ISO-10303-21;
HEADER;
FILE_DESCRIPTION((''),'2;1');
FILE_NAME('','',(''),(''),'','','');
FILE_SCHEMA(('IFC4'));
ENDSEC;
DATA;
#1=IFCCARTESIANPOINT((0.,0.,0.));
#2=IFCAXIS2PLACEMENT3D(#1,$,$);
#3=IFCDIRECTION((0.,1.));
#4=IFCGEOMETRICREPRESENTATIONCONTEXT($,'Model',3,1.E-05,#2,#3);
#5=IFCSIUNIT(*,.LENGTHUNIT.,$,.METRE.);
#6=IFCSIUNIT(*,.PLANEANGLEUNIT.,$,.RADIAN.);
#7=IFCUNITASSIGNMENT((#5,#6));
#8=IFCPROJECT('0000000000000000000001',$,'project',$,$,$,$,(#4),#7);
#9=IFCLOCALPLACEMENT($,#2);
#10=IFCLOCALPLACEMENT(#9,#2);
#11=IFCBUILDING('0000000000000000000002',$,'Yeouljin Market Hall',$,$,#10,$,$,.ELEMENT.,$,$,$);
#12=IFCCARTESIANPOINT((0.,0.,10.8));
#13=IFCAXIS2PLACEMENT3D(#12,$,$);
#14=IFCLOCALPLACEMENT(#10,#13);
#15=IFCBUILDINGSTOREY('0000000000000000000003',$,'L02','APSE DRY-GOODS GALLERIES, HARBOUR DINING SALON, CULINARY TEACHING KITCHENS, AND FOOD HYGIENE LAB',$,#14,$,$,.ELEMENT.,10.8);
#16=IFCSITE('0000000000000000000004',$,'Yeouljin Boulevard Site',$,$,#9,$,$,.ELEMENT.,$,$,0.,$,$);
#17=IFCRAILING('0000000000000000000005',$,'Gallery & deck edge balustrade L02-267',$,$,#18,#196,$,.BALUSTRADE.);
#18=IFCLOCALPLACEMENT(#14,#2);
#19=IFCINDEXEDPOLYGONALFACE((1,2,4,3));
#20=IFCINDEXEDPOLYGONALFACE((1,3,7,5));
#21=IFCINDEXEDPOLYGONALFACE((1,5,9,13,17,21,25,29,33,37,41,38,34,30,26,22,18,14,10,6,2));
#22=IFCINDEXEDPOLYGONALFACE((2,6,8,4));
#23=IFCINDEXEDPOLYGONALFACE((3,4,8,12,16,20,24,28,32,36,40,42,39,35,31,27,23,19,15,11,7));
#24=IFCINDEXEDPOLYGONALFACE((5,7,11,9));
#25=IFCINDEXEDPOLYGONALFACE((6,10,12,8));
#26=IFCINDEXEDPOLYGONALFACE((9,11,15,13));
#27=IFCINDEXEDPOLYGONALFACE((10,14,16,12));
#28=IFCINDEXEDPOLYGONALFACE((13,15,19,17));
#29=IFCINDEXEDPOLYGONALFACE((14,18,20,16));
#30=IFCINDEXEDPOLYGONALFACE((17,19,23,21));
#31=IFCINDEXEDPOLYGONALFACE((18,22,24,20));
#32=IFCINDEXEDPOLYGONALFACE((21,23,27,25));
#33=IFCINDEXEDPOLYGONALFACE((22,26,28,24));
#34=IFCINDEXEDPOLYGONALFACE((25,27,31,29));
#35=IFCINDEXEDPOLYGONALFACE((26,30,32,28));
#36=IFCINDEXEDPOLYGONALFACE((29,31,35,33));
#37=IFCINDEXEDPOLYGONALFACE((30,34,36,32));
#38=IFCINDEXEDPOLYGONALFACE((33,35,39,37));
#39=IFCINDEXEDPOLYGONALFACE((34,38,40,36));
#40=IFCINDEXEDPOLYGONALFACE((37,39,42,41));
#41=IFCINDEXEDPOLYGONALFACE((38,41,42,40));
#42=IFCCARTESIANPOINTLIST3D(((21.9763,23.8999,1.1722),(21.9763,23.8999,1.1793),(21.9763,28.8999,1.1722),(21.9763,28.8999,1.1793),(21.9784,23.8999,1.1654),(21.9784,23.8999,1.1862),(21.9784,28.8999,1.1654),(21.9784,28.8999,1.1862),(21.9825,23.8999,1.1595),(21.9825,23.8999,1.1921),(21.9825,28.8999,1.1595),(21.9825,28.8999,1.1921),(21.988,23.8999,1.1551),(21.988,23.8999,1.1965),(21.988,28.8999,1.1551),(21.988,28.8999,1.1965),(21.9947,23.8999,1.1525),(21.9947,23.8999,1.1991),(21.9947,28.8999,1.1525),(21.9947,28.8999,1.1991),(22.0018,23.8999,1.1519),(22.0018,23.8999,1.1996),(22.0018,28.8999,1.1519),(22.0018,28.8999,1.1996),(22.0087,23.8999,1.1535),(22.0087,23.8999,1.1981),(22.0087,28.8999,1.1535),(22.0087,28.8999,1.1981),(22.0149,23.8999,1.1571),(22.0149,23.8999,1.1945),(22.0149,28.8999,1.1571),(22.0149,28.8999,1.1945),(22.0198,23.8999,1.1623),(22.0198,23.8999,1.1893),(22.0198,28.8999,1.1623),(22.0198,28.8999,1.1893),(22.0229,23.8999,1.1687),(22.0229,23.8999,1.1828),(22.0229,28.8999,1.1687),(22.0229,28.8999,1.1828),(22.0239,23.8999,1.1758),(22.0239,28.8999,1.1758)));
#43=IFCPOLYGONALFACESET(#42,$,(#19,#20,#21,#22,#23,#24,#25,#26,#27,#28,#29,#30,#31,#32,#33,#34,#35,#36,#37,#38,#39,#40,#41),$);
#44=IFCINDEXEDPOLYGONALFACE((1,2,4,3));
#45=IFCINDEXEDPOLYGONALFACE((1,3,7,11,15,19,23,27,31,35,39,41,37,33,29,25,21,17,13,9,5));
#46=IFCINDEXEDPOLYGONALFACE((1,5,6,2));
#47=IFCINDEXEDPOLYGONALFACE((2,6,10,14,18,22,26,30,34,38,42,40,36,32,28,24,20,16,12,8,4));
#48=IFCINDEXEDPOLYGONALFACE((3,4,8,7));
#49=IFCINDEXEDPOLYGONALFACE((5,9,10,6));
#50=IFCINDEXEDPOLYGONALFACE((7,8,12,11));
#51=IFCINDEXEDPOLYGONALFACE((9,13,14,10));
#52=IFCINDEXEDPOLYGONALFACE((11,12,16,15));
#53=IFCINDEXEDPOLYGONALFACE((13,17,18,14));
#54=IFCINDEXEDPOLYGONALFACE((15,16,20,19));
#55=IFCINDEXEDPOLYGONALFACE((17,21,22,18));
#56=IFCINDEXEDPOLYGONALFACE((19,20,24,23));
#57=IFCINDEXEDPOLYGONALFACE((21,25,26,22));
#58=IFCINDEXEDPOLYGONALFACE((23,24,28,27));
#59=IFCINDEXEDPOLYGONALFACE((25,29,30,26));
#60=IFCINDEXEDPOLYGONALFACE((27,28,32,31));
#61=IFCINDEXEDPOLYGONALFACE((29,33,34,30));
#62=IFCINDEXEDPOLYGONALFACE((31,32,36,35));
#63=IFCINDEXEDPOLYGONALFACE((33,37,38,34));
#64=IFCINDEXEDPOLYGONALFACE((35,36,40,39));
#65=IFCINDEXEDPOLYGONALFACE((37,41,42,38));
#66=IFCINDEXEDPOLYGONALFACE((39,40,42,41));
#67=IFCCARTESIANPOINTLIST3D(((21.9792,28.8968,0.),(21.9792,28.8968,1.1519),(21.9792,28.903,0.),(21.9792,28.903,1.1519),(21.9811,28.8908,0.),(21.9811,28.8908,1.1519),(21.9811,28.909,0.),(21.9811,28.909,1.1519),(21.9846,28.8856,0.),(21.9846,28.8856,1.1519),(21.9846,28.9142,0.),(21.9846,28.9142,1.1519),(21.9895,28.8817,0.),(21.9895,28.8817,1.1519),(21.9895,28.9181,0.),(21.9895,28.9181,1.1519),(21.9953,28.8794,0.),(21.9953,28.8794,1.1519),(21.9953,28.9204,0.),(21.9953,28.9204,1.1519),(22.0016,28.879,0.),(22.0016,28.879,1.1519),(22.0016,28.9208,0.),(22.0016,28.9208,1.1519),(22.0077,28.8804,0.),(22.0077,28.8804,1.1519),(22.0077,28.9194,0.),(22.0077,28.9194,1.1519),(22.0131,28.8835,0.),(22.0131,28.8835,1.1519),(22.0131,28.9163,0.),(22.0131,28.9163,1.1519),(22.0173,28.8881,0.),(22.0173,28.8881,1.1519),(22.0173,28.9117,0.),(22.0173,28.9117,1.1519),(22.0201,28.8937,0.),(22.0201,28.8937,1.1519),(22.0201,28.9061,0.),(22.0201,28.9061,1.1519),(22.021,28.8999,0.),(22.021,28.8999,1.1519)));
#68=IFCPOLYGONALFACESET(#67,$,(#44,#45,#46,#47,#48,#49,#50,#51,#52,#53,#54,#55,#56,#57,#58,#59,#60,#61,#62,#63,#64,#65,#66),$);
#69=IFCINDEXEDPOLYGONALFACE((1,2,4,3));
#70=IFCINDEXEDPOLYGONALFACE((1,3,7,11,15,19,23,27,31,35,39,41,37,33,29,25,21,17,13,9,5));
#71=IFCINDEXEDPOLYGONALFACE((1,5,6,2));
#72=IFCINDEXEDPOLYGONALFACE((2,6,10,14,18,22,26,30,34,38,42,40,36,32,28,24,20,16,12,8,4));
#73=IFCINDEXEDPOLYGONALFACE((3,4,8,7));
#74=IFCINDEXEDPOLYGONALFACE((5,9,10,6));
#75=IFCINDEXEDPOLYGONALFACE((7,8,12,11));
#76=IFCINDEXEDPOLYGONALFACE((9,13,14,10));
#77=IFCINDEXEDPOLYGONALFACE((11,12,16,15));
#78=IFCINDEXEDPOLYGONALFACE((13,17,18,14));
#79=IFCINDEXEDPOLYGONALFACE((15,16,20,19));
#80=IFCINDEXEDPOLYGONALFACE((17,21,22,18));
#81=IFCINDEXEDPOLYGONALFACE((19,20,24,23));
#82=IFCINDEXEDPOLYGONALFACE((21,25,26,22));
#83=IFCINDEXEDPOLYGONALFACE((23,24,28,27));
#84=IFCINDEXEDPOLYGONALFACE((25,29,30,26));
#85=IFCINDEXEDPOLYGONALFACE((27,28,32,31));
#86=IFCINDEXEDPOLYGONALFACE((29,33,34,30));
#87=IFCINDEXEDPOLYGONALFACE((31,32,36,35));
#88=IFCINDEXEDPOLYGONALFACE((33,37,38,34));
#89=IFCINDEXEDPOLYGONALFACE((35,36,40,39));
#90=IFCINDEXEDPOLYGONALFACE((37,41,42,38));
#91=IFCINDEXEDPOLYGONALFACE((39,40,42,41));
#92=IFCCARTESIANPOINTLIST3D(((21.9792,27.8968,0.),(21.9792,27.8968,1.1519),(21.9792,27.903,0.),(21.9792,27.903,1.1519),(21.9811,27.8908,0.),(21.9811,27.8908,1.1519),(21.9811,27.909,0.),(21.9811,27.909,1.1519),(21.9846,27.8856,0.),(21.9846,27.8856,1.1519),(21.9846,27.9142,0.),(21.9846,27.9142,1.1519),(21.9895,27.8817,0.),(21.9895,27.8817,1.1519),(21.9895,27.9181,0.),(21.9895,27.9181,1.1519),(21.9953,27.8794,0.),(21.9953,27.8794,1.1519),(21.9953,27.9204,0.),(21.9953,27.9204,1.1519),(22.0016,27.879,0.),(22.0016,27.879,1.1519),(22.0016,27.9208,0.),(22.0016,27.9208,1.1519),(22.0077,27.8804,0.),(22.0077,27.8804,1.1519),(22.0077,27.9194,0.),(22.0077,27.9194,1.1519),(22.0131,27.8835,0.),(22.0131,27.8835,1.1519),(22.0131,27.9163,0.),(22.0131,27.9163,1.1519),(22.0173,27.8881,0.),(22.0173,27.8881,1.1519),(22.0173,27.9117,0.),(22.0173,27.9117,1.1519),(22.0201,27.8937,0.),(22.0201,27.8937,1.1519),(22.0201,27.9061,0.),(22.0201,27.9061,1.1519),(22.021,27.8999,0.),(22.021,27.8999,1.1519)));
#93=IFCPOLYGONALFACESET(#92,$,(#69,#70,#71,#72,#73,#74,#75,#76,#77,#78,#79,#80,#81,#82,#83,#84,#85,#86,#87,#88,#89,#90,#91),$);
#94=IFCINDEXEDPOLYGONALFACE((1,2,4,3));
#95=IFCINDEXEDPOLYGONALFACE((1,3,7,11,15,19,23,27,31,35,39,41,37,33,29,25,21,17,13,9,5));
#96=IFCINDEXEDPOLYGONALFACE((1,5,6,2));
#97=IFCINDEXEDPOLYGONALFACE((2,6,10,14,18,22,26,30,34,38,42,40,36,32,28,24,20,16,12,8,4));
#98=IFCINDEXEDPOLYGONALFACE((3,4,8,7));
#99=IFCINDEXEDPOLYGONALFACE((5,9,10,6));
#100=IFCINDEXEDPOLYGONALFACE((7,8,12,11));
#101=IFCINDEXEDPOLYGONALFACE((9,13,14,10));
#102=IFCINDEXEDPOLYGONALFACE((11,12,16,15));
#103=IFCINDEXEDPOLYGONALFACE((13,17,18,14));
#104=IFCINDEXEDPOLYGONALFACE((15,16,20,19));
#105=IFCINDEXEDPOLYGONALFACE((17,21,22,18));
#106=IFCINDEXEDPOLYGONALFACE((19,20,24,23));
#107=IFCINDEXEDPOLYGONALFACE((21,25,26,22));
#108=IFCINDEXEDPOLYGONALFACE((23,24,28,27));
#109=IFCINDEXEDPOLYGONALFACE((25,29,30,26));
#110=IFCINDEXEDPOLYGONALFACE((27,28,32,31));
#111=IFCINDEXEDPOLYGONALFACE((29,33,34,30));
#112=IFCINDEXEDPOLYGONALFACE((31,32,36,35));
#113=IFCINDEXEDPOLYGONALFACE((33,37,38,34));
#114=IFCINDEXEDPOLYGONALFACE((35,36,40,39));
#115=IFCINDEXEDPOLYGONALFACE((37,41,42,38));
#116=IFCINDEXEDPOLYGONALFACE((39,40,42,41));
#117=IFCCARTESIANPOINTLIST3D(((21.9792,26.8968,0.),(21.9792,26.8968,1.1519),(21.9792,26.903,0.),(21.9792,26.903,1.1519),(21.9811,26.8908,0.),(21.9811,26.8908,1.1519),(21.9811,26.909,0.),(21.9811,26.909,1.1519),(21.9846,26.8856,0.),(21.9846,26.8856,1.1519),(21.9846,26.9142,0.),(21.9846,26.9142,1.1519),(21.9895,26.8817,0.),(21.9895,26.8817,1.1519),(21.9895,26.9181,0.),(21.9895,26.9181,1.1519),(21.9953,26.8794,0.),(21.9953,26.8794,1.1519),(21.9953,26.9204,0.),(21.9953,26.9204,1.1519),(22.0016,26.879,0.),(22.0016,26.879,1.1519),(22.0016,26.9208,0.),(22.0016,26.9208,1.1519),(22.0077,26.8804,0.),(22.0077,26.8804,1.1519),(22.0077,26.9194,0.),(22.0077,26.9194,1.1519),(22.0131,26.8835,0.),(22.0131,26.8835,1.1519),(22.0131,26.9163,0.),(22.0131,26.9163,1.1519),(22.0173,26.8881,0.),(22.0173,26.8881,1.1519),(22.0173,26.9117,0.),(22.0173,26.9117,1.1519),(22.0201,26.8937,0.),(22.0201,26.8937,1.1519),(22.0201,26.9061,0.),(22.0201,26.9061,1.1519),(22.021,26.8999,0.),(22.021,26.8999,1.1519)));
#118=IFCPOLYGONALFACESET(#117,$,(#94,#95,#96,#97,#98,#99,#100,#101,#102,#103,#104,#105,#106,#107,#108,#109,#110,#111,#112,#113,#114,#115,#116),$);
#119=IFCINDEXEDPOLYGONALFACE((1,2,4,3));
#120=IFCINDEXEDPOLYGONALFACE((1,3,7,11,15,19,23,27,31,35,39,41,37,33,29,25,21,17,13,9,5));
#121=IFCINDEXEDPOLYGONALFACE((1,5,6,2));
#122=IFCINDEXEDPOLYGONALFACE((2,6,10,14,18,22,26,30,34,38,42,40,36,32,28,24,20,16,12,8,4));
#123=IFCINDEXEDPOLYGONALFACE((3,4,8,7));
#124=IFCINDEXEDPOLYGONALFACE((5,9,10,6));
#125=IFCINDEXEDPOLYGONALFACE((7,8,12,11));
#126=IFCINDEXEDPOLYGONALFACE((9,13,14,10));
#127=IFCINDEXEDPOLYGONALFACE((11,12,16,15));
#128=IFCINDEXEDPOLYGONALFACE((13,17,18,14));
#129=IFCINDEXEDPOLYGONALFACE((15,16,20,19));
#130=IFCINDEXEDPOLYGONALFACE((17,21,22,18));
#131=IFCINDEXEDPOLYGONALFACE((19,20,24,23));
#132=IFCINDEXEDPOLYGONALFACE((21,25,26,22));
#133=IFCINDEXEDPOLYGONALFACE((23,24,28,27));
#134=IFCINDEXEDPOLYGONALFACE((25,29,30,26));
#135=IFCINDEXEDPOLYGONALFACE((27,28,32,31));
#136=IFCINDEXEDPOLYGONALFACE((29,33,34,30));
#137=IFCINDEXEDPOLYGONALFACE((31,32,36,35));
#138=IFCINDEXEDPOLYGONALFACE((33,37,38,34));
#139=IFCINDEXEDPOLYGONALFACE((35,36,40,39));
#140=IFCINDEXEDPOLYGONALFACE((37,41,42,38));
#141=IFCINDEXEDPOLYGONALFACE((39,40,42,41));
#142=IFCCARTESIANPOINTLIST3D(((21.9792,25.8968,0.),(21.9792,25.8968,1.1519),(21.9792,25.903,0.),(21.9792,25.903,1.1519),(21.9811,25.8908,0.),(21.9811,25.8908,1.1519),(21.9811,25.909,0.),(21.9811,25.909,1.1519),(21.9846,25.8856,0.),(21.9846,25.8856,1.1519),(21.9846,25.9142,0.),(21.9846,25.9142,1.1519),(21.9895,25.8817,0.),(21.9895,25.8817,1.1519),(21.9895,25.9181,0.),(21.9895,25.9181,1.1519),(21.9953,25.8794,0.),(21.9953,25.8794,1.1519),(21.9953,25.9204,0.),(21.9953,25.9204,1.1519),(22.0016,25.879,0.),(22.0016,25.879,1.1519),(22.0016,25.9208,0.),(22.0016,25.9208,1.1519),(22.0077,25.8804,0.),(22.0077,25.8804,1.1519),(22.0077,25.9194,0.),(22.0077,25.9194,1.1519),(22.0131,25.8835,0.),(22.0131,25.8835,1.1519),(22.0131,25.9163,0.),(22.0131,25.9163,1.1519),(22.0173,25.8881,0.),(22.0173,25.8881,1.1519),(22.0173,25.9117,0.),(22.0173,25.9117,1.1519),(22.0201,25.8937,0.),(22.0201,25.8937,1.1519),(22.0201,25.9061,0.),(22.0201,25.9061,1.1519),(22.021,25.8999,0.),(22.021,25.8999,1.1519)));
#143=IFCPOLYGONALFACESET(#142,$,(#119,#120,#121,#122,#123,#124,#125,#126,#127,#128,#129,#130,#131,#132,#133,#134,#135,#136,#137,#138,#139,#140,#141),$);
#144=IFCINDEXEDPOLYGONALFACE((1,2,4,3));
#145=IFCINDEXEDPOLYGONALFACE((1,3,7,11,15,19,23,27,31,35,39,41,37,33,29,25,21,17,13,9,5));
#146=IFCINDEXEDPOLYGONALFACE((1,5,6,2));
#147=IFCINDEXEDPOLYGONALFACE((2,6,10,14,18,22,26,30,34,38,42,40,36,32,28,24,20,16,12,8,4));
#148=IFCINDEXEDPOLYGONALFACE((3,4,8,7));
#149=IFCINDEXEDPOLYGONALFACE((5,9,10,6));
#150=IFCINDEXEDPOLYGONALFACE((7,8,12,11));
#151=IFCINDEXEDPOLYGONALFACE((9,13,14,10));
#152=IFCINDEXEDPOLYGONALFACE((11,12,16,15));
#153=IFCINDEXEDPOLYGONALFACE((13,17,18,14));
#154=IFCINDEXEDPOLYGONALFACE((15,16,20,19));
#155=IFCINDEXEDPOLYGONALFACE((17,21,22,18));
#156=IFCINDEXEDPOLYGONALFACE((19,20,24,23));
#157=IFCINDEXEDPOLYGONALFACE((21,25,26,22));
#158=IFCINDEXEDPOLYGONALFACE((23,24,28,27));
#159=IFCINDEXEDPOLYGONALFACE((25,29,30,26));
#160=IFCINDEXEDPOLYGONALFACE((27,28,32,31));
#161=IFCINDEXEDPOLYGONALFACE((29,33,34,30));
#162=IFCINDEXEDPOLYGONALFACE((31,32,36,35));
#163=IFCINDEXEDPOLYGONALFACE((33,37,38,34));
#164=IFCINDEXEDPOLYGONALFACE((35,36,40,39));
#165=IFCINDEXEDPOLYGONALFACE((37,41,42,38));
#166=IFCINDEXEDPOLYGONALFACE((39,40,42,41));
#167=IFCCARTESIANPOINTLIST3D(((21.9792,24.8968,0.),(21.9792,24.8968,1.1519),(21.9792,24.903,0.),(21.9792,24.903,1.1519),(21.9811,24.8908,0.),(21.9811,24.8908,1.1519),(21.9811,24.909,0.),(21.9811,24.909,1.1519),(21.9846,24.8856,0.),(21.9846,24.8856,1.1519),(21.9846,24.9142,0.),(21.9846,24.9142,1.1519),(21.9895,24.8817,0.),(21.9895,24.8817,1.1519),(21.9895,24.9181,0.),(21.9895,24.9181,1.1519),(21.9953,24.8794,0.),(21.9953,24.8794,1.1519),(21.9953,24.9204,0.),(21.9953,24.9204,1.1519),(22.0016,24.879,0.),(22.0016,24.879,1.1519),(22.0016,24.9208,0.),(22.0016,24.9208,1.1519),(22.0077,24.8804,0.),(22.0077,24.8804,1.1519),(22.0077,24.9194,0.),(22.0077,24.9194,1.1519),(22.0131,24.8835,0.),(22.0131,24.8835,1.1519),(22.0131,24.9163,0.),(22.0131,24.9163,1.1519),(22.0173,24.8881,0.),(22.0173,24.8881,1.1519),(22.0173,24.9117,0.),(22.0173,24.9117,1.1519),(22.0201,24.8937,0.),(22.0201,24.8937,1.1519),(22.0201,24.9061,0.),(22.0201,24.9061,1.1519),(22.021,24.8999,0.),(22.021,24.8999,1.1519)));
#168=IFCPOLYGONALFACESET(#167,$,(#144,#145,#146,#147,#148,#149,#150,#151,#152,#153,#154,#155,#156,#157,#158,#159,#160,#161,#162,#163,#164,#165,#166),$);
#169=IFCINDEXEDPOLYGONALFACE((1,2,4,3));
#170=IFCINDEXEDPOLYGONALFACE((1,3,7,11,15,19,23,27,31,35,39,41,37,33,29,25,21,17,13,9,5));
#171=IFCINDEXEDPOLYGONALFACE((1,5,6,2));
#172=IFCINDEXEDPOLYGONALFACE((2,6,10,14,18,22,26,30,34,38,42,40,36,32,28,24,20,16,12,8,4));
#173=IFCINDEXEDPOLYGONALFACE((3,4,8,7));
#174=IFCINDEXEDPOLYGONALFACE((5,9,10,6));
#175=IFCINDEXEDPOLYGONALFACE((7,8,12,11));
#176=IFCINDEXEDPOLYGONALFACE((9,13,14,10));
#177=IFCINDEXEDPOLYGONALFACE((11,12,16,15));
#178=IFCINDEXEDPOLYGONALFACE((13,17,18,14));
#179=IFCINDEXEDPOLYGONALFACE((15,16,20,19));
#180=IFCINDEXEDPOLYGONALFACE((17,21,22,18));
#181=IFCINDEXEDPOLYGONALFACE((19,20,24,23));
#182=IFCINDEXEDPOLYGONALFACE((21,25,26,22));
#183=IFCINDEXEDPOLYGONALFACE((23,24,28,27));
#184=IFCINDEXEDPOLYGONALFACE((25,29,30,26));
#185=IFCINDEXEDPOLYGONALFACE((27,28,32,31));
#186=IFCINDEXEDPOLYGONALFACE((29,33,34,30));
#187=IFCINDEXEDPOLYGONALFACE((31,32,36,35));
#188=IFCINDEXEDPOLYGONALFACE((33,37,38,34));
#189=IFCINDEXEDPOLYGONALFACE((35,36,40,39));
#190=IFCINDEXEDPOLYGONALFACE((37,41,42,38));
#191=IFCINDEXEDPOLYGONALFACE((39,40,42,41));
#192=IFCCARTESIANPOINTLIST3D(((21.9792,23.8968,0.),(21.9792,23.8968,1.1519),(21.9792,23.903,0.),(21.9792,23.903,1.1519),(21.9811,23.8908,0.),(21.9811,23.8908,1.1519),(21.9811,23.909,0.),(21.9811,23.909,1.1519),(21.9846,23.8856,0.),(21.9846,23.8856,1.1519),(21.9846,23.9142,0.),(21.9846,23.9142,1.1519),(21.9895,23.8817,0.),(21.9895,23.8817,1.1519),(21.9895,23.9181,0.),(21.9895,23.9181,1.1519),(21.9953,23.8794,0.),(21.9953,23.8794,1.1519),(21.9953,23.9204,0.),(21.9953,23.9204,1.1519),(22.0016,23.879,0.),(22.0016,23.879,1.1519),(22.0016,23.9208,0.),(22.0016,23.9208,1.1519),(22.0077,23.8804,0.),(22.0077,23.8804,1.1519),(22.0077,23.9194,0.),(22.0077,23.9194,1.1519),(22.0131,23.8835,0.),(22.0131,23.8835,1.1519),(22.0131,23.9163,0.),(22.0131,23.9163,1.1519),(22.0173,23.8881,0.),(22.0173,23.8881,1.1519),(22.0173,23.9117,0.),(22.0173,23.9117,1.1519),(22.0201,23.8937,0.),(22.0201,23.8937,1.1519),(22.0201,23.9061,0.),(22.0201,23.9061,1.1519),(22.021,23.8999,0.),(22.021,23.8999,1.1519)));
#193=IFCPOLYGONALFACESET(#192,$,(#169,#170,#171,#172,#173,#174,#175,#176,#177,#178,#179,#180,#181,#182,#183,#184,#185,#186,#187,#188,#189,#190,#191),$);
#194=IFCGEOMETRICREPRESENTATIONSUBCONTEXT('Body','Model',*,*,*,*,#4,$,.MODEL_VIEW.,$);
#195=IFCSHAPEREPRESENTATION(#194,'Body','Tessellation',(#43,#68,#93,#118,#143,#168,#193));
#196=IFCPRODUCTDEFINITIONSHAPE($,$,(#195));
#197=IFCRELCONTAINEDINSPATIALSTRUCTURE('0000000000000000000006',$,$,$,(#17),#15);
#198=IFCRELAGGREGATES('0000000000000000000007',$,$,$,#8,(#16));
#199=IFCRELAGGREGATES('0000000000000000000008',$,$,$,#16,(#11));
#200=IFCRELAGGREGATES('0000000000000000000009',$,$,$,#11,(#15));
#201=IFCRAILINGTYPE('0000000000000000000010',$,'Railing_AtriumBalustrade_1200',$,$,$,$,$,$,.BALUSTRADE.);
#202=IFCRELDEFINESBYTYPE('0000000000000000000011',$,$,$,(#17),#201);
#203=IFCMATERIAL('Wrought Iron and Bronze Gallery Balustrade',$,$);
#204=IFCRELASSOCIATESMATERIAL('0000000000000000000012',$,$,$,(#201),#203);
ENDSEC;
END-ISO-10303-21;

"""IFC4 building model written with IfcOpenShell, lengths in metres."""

from ifc_helpers import new_model, si_unit, direction, frame, origin, origin_2d, place, context, subcontext, project, spatial, circle, extrude, material, type_object, element, save


model = new_model("IFC4")

# Units and contexts
model_context = context("Model", 3, precision=1e-05, world=origin(), true_north=direction((0.0, 1.0)))
body_context = subcontext(model_context, "Body", "Model", "MODEL_VIEW")
ifc_project = project(units=[si_unit("LENGTHUNIT", "METRE"), si_unit("PLANEANGLEUNIT", "RADIAN")], contexts=[model_context])

# Site, building, storey
site_placement = place(None, origin())
site = spatial("IfcSite", under=ifc_project, at=site_placement, Name="Yeouljin Boulevard Site", CompositionType="ELEMENT", RefElevation=0.0)
building_placement = place(site_placement, origin())
building = spatial("IfcBuilding", under=site, at=building_placement, Name="Yeouljin Market Hall", CompositionType="ELEMENT")
storey_placement = place(building_placement, frame((0.0, 0.0, 10.8)))
storey = spatial("IfcBuildingStorey", under=building, at=storey_placement, Name="L02", Description="APSE DRY-GOODS GALLERIES, HARBOUR DINING SALON, CULINARY TEACHING KITCHENS, AND FOOD HYGIENE LAB", CompositionType="ELEMENT", Elevation=10.8)

# Railing
ifc_material_1 = material(Name="Wrought Iron and Bronze Gallery Balustrade")
railing_type = type_object("IfcRailingType", Name="Railing_AtriumBalustrade_1200", PredefinedType="BALUSTRADE", material=ifc_material_1)
railing_1_placement = place(storey_placement, frame((22.0, 28.8999, 0.0)))
element("IfcRailing", 1, at=railing_1_placement, inside=storey, type_object=railing_type, Name="Gallery & deck edge balustrade L02-267", PredefinedType="BALUSTRADE", context=body_context, shape_type="SweptSolid", body=[
    extrude(circle(Radius=0.0239, at=origin_2d()), frame((0.0, 0.0, 1.1758), z_axis=(0.0, -1.0, 0.0), x_axis=(1.0, 0.0, 0.0)), (0.0, 0.0, 1.0), 5.0),
    extrude(circle(Radius=0.021, at=origin_2d()), origin(), (0.0, 0.0, 1.0), 1.1519),
    extrude(circle(Radius=0.021, at=origin_2d()), frame((0.0, -1.0, 0.0)), (0.0, 0.0, 1.0), 1.1519),
    extrude(circle(Radius=0.021, at=origin_2d()), frame((0.0, -2.0, 0.0)), (0.0, 0.0, 1.0), 1.1519),
    extrude(circle(Radius=0.021, at=origin_2d()), frame((0.0, -3.0, 0.0)), (0.0, 0.0, 1.0), 1.1519),
    extrude(circle(Radius=0.021, at=origin_2d()), frame((0.0, -4.0, 0.0)), (0.0, 0.0, 1.0), 1.1519),
    extrude(circle(Radius=0.021, at=origin_2d()), frame((0.0, -5.0, 0.0)), (0.0, 0.0, 1.0), 1.1519),
])

save(model, "model.ifc")
